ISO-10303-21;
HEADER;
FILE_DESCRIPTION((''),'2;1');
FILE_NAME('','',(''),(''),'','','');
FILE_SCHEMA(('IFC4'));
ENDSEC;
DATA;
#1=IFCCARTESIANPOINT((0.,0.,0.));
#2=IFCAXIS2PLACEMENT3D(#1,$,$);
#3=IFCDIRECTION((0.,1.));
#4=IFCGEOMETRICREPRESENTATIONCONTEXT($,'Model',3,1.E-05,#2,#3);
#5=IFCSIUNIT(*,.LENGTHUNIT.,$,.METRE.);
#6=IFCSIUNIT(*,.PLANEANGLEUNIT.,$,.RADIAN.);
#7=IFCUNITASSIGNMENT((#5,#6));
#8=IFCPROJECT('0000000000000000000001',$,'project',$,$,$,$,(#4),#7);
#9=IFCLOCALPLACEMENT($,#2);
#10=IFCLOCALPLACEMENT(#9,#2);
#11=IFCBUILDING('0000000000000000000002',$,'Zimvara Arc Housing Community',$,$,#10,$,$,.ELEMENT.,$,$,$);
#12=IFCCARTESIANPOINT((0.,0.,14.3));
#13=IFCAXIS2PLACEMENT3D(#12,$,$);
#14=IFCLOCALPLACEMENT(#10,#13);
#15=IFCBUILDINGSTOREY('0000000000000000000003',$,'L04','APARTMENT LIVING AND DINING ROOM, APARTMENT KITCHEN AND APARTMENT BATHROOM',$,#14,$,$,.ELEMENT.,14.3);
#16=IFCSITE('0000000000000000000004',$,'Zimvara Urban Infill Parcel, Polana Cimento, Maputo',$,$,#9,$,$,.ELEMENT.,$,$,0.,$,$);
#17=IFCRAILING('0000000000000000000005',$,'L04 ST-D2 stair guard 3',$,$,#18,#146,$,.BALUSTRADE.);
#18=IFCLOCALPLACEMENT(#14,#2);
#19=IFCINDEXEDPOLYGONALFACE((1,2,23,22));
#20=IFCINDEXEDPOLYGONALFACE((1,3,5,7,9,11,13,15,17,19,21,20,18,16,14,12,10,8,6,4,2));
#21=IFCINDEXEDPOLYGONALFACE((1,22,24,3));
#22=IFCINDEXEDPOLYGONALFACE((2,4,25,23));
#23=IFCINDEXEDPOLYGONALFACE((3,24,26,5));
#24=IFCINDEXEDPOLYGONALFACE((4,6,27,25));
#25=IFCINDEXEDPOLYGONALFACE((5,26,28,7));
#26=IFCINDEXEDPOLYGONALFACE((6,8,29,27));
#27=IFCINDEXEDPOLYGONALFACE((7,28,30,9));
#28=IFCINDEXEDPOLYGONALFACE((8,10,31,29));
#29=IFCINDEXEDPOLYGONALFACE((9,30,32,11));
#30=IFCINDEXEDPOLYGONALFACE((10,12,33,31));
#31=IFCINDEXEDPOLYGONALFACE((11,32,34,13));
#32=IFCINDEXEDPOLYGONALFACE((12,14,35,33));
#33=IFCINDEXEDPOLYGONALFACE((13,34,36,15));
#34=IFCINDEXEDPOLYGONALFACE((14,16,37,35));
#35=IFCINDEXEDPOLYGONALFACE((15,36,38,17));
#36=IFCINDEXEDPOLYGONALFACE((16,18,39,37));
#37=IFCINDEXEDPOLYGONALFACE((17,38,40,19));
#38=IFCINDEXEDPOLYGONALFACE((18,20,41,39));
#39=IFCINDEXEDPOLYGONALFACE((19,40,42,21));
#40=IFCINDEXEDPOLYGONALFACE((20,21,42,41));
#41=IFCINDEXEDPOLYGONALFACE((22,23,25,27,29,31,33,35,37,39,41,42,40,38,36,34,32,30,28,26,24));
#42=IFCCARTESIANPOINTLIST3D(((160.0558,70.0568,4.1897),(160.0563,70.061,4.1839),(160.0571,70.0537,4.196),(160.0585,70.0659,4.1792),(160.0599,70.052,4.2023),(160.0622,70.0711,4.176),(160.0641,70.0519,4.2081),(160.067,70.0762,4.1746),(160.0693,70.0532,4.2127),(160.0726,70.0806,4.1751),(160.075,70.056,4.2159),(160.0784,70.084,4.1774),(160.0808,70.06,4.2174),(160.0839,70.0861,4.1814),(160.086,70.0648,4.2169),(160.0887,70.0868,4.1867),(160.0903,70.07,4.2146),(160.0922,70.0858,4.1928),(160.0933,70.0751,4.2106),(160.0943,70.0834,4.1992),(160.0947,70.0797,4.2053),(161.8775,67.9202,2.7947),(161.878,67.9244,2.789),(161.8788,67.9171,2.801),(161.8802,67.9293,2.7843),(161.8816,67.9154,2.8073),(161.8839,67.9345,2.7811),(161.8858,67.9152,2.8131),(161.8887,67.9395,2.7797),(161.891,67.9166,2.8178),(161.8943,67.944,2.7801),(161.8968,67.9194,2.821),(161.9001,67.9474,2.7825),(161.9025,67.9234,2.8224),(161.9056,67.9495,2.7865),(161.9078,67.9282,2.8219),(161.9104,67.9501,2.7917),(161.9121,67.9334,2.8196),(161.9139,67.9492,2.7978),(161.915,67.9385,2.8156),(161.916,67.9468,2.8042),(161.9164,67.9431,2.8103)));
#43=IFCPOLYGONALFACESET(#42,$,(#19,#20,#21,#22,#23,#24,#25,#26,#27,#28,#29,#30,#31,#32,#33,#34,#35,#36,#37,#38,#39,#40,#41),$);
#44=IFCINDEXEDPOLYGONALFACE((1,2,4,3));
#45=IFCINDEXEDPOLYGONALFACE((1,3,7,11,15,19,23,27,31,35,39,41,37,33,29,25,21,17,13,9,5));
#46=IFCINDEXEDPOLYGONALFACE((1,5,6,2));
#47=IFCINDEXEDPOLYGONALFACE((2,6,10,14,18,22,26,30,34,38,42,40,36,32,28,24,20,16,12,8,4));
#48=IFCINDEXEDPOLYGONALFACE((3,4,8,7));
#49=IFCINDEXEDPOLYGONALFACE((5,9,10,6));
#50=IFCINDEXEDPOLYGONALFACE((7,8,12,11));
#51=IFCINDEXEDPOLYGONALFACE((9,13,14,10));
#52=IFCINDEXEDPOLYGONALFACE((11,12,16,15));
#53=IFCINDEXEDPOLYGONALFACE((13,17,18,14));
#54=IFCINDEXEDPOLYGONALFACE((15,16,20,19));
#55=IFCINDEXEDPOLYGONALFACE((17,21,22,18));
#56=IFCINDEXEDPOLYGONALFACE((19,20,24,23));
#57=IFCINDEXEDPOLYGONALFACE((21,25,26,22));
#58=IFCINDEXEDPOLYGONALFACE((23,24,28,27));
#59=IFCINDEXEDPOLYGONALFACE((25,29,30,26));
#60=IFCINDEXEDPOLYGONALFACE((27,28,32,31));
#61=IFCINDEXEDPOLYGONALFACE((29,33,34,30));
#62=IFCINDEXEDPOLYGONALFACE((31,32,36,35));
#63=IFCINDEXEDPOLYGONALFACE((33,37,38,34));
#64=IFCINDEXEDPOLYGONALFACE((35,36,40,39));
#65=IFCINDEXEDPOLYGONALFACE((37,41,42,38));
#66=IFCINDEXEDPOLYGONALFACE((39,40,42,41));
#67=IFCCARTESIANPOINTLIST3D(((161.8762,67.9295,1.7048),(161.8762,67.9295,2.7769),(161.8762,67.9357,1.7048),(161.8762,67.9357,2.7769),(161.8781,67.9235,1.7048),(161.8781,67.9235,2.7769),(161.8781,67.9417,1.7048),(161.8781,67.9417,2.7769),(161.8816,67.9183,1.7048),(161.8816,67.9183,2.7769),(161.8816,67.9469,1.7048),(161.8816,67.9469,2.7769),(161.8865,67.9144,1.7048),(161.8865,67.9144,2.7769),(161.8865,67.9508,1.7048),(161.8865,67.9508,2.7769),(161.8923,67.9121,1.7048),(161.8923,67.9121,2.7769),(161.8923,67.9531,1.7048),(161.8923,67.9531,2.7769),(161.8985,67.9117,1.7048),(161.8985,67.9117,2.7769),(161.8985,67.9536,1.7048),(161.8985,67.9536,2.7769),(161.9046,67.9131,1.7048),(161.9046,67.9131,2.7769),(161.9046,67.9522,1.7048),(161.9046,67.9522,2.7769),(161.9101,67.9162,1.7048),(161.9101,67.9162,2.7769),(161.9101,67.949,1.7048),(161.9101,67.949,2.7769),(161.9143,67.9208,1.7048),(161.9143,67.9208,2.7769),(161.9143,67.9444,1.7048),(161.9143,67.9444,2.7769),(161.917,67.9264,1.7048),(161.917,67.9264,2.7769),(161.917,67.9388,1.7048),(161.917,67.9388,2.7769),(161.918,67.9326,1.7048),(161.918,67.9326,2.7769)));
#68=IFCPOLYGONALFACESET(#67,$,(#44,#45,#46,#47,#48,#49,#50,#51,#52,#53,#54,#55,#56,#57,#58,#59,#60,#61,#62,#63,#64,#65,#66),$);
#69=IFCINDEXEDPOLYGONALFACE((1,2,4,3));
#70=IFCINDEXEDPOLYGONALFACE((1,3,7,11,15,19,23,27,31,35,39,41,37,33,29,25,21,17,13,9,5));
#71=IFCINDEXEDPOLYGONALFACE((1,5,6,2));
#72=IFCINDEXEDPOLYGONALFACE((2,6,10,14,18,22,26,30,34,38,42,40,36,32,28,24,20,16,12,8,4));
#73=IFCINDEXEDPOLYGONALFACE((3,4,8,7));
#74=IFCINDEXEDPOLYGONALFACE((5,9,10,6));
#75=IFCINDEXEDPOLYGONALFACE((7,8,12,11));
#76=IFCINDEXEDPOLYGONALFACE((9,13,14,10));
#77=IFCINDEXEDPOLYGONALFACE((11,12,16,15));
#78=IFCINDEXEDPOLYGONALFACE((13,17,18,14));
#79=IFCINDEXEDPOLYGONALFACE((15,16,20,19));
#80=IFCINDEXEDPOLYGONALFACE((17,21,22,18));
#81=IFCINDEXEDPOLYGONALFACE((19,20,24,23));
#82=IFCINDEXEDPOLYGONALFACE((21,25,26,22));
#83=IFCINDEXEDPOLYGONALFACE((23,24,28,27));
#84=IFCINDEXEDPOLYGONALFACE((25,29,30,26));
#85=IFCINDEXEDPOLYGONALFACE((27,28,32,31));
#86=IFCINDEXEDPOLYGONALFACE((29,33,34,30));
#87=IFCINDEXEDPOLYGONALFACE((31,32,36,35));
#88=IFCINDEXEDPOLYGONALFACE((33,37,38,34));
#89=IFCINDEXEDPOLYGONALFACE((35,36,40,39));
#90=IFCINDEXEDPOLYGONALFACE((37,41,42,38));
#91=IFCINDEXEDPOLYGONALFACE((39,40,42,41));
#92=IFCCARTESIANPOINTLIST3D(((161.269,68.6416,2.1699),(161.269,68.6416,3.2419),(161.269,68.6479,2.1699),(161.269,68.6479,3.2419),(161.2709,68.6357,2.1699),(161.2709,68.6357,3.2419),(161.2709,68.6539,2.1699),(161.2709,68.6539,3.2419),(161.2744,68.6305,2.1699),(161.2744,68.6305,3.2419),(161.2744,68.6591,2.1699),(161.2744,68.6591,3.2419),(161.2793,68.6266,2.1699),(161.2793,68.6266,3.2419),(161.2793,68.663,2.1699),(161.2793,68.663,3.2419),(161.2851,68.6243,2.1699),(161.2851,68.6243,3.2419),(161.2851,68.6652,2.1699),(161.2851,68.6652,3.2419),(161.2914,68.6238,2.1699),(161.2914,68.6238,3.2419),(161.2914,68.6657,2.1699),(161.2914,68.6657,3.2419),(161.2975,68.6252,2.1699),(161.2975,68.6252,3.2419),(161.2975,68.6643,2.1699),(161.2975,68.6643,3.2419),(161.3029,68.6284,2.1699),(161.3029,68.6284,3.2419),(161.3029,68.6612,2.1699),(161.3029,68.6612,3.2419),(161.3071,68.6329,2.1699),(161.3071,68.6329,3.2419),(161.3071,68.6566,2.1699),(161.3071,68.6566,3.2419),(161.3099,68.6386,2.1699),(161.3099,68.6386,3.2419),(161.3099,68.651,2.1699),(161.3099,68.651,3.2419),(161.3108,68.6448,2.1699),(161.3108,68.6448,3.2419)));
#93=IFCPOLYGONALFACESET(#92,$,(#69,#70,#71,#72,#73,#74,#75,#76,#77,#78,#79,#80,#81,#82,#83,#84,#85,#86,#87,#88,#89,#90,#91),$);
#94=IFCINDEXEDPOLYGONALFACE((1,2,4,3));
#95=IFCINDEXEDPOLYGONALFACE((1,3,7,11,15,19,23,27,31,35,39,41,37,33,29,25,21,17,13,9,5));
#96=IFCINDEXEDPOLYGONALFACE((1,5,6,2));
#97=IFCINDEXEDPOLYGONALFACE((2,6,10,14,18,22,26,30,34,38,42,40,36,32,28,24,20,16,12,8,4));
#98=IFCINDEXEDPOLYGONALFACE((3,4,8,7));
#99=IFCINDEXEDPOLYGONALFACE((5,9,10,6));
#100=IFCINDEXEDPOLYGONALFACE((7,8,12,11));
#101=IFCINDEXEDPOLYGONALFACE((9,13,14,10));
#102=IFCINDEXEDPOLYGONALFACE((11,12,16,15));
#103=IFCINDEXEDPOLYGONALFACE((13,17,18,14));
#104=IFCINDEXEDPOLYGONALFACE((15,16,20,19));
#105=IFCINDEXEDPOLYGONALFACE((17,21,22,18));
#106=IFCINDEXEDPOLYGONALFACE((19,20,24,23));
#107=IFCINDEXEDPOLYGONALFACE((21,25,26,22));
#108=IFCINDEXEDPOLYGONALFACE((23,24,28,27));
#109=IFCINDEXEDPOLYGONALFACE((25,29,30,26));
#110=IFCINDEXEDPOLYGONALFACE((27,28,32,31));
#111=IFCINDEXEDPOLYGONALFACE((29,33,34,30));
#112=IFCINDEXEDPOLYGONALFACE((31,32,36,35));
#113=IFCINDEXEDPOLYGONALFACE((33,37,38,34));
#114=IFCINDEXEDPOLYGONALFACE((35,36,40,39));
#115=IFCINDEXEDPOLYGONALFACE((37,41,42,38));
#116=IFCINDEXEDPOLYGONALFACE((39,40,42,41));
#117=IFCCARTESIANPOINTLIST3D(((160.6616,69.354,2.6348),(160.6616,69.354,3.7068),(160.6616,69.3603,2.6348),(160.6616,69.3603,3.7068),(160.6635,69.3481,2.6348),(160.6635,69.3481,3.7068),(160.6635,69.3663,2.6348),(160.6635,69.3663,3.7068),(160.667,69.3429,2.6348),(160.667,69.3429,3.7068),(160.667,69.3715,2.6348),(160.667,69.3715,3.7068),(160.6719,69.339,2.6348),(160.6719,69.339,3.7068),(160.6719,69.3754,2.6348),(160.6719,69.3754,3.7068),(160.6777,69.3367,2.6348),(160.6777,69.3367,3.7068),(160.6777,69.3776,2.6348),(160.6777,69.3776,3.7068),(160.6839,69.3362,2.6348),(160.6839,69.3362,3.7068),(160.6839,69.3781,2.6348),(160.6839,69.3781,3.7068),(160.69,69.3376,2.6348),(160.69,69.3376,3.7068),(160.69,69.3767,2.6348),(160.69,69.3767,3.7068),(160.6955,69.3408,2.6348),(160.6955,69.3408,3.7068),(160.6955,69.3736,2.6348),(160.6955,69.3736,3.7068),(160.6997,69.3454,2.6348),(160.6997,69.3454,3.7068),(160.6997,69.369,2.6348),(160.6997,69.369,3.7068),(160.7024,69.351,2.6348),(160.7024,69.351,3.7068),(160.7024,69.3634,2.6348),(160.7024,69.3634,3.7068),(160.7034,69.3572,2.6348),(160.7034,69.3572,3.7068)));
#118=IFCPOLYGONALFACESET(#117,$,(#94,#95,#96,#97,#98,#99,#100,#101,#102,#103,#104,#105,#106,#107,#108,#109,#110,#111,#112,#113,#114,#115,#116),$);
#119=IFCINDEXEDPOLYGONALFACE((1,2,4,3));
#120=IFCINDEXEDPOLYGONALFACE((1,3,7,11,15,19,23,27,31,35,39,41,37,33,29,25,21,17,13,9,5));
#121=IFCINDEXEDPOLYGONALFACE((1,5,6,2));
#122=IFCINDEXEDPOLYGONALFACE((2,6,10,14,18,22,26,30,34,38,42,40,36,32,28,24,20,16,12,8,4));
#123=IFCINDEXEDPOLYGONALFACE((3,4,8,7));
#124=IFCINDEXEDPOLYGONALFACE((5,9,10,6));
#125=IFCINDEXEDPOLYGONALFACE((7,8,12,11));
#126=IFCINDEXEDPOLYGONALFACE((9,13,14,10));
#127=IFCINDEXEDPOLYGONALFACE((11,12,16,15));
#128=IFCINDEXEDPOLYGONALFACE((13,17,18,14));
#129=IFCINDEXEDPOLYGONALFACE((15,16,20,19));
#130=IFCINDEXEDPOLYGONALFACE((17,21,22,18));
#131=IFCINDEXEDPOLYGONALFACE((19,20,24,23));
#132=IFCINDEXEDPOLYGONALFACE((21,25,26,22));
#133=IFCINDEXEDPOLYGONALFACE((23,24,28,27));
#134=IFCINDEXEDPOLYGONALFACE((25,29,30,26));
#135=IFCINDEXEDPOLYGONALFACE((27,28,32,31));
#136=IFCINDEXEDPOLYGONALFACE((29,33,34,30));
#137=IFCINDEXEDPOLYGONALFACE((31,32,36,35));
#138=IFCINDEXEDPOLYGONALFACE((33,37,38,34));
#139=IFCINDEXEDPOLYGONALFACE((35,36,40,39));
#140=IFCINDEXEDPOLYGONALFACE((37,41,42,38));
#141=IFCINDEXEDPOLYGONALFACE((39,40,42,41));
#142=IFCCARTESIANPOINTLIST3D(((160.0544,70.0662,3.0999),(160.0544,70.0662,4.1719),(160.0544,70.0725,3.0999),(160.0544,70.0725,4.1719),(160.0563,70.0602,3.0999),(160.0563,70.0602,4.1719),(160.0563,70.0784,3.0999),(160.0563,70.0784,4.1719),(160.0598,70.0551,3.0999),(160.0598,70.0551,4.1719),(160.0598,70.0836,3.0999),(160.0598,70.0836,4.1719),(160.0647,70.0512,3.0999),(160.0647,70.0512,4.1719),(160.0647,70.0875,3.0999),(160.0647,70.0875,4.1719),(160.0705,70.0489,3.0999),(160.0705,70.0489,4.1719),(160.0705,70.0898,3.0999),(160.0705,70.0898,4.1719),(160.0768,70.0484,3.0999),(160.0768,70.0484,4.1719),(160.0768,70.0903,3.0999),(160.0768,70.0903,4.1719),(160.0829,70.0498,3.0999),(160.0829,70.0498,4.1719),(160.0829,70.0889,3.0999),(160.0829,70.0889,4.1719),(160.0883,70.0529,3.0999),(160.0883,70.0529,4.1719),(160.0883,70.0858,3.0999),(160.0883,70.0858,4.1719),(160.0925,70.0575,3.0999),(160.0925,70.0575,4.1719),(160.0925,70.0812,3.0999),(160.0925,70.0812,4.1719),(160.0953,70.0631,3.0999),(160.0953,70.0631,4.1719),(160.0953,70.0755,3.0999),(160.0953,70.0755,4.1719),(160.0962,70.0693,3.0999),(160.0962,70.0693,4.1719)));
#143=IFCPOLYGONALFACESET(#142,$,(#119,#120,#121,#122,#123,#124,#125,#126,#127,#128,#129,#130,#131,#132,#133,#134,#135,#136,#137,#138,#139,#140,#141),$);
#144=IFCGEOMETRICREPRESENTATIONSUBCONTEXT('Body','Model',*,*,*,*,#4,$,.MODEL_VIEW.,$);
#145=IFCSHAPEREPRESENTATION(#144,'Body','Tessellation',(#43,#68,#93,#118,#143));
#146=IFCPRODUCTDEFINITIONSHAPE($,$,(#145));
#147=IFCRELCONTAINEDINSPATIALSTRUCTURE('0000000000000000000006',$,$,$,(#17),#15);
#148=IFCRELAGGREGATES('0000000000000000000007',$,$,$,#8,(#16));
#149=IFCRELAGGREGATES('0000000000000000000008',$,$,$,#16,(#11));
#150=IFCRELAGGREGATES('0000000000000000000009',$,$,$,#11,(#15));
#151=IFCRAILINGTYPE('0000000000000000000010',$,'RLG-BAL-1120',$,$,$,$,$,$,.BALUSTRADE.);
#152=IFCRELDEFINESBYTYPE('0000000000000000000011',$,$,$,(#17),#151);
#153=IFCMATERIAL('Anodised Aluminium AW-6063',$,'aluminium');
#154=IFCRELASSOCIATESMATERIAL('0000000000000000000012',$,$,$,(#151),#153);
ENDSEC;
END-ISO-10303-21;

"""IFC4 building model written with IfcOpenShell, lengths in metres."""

from ifc_helpers import new_model, si_unit, direction, frame, origin, origin_2d, place, context, subcontext, project, spatial, circle, extrude, material, type_object, element, save


model = new_model("IFC4")

# Units and contexts
model_context = context("Model", 3, precision=1e-05, world=origin(), true_north=direction((0.0, 1.0)))
body_context = subcontext(model_context, "Body", "Model", "MODEL_VIEW")
ifc_project = project(units=[si_unit("LENGTHUNIT", "METRE"), si_unit("PLANEANGLEUNIT", "RADIAN")], contexts=[model_context])

# Site, building, storey
site_placement = place(None, origin())
site = spatial("IfcSite", under=ifc_project, at=site_placement, Name="Zimvara Urban Infill Parcel, Polana Cimento, Maputo", CompositionType="ELEMENT", RefElevation=0.0)
building_placement = place(site_placement, origin())
building = spatial("IfcBuilding", under=site, at=building_placement, Name="Zimvara Arc Housing Community", CompositionType="ELEMENT")
storey_placement = place(building_placement, frame((0.0, 0.0, 14.3)))
storey = spatial("IfcBuildingStorey", under=building, at=storey_placement, Name="L04", Description="APARTMENT LIVING AND DINING ROOM, APARTMENT KITCHEN AND APARTMENT BATHROOM", CompositionType="ELEMENT", Elevation=14.3)

# Railing
ifc_material_1 = material(Name="Anodised Aluminium AW-6063", Category="aluminium")
railing_type = type_object("IfcRailingType", Name="RLG-BAL-1120", PredefinedType="BALUSTRADE", material=ifc_material_1)
railing_1_placement = place(storey_placement, frame((161.897, 67.9326, 1.7048)))
element("IfcRailing", 1, at=railing_1_placement, inside=storey, type_object=railing_type, Name="L04 ST-D2 stair guard 3", PredefinedType="BALUSTRADE", context=body_context, shape_type="SweptSolid", body=[
    extrude(circle(Radius=0.0239, at=origin_2d()), frame((0.0, 0.0, 1.0962), z_axis=(-0.581041, 0.681489, 0.44493), x_axis=(-0.76096, -0.648799, 0.0)), (0.0, 0.0, 1.0), 3.1353),
    extrude(circle(Radius=0.021, at=origin_2d()), origin(), (0.0, 0.0, 1.0), 1.072),
    extrude(circle(Radius=0.021, at=origin_2d()), frame((-0.6072, 0.7122, 0.4651)), (0.0, 0.0, 1.0), 1.072),
    extrude(circle(Radius=0.021, at=origin_2d()), frame((-1.2146, 1.4246, 0.9299)), (0.0, 0.0, 1.0), 1.072),
    extrude(circle(Radius=0.021, at=origin_2d()), frame((-1.8218, 2.1367, 1.395)), (0.0, 0.0, 1.0), 1.072),
])

save(model, "model.ifc")
